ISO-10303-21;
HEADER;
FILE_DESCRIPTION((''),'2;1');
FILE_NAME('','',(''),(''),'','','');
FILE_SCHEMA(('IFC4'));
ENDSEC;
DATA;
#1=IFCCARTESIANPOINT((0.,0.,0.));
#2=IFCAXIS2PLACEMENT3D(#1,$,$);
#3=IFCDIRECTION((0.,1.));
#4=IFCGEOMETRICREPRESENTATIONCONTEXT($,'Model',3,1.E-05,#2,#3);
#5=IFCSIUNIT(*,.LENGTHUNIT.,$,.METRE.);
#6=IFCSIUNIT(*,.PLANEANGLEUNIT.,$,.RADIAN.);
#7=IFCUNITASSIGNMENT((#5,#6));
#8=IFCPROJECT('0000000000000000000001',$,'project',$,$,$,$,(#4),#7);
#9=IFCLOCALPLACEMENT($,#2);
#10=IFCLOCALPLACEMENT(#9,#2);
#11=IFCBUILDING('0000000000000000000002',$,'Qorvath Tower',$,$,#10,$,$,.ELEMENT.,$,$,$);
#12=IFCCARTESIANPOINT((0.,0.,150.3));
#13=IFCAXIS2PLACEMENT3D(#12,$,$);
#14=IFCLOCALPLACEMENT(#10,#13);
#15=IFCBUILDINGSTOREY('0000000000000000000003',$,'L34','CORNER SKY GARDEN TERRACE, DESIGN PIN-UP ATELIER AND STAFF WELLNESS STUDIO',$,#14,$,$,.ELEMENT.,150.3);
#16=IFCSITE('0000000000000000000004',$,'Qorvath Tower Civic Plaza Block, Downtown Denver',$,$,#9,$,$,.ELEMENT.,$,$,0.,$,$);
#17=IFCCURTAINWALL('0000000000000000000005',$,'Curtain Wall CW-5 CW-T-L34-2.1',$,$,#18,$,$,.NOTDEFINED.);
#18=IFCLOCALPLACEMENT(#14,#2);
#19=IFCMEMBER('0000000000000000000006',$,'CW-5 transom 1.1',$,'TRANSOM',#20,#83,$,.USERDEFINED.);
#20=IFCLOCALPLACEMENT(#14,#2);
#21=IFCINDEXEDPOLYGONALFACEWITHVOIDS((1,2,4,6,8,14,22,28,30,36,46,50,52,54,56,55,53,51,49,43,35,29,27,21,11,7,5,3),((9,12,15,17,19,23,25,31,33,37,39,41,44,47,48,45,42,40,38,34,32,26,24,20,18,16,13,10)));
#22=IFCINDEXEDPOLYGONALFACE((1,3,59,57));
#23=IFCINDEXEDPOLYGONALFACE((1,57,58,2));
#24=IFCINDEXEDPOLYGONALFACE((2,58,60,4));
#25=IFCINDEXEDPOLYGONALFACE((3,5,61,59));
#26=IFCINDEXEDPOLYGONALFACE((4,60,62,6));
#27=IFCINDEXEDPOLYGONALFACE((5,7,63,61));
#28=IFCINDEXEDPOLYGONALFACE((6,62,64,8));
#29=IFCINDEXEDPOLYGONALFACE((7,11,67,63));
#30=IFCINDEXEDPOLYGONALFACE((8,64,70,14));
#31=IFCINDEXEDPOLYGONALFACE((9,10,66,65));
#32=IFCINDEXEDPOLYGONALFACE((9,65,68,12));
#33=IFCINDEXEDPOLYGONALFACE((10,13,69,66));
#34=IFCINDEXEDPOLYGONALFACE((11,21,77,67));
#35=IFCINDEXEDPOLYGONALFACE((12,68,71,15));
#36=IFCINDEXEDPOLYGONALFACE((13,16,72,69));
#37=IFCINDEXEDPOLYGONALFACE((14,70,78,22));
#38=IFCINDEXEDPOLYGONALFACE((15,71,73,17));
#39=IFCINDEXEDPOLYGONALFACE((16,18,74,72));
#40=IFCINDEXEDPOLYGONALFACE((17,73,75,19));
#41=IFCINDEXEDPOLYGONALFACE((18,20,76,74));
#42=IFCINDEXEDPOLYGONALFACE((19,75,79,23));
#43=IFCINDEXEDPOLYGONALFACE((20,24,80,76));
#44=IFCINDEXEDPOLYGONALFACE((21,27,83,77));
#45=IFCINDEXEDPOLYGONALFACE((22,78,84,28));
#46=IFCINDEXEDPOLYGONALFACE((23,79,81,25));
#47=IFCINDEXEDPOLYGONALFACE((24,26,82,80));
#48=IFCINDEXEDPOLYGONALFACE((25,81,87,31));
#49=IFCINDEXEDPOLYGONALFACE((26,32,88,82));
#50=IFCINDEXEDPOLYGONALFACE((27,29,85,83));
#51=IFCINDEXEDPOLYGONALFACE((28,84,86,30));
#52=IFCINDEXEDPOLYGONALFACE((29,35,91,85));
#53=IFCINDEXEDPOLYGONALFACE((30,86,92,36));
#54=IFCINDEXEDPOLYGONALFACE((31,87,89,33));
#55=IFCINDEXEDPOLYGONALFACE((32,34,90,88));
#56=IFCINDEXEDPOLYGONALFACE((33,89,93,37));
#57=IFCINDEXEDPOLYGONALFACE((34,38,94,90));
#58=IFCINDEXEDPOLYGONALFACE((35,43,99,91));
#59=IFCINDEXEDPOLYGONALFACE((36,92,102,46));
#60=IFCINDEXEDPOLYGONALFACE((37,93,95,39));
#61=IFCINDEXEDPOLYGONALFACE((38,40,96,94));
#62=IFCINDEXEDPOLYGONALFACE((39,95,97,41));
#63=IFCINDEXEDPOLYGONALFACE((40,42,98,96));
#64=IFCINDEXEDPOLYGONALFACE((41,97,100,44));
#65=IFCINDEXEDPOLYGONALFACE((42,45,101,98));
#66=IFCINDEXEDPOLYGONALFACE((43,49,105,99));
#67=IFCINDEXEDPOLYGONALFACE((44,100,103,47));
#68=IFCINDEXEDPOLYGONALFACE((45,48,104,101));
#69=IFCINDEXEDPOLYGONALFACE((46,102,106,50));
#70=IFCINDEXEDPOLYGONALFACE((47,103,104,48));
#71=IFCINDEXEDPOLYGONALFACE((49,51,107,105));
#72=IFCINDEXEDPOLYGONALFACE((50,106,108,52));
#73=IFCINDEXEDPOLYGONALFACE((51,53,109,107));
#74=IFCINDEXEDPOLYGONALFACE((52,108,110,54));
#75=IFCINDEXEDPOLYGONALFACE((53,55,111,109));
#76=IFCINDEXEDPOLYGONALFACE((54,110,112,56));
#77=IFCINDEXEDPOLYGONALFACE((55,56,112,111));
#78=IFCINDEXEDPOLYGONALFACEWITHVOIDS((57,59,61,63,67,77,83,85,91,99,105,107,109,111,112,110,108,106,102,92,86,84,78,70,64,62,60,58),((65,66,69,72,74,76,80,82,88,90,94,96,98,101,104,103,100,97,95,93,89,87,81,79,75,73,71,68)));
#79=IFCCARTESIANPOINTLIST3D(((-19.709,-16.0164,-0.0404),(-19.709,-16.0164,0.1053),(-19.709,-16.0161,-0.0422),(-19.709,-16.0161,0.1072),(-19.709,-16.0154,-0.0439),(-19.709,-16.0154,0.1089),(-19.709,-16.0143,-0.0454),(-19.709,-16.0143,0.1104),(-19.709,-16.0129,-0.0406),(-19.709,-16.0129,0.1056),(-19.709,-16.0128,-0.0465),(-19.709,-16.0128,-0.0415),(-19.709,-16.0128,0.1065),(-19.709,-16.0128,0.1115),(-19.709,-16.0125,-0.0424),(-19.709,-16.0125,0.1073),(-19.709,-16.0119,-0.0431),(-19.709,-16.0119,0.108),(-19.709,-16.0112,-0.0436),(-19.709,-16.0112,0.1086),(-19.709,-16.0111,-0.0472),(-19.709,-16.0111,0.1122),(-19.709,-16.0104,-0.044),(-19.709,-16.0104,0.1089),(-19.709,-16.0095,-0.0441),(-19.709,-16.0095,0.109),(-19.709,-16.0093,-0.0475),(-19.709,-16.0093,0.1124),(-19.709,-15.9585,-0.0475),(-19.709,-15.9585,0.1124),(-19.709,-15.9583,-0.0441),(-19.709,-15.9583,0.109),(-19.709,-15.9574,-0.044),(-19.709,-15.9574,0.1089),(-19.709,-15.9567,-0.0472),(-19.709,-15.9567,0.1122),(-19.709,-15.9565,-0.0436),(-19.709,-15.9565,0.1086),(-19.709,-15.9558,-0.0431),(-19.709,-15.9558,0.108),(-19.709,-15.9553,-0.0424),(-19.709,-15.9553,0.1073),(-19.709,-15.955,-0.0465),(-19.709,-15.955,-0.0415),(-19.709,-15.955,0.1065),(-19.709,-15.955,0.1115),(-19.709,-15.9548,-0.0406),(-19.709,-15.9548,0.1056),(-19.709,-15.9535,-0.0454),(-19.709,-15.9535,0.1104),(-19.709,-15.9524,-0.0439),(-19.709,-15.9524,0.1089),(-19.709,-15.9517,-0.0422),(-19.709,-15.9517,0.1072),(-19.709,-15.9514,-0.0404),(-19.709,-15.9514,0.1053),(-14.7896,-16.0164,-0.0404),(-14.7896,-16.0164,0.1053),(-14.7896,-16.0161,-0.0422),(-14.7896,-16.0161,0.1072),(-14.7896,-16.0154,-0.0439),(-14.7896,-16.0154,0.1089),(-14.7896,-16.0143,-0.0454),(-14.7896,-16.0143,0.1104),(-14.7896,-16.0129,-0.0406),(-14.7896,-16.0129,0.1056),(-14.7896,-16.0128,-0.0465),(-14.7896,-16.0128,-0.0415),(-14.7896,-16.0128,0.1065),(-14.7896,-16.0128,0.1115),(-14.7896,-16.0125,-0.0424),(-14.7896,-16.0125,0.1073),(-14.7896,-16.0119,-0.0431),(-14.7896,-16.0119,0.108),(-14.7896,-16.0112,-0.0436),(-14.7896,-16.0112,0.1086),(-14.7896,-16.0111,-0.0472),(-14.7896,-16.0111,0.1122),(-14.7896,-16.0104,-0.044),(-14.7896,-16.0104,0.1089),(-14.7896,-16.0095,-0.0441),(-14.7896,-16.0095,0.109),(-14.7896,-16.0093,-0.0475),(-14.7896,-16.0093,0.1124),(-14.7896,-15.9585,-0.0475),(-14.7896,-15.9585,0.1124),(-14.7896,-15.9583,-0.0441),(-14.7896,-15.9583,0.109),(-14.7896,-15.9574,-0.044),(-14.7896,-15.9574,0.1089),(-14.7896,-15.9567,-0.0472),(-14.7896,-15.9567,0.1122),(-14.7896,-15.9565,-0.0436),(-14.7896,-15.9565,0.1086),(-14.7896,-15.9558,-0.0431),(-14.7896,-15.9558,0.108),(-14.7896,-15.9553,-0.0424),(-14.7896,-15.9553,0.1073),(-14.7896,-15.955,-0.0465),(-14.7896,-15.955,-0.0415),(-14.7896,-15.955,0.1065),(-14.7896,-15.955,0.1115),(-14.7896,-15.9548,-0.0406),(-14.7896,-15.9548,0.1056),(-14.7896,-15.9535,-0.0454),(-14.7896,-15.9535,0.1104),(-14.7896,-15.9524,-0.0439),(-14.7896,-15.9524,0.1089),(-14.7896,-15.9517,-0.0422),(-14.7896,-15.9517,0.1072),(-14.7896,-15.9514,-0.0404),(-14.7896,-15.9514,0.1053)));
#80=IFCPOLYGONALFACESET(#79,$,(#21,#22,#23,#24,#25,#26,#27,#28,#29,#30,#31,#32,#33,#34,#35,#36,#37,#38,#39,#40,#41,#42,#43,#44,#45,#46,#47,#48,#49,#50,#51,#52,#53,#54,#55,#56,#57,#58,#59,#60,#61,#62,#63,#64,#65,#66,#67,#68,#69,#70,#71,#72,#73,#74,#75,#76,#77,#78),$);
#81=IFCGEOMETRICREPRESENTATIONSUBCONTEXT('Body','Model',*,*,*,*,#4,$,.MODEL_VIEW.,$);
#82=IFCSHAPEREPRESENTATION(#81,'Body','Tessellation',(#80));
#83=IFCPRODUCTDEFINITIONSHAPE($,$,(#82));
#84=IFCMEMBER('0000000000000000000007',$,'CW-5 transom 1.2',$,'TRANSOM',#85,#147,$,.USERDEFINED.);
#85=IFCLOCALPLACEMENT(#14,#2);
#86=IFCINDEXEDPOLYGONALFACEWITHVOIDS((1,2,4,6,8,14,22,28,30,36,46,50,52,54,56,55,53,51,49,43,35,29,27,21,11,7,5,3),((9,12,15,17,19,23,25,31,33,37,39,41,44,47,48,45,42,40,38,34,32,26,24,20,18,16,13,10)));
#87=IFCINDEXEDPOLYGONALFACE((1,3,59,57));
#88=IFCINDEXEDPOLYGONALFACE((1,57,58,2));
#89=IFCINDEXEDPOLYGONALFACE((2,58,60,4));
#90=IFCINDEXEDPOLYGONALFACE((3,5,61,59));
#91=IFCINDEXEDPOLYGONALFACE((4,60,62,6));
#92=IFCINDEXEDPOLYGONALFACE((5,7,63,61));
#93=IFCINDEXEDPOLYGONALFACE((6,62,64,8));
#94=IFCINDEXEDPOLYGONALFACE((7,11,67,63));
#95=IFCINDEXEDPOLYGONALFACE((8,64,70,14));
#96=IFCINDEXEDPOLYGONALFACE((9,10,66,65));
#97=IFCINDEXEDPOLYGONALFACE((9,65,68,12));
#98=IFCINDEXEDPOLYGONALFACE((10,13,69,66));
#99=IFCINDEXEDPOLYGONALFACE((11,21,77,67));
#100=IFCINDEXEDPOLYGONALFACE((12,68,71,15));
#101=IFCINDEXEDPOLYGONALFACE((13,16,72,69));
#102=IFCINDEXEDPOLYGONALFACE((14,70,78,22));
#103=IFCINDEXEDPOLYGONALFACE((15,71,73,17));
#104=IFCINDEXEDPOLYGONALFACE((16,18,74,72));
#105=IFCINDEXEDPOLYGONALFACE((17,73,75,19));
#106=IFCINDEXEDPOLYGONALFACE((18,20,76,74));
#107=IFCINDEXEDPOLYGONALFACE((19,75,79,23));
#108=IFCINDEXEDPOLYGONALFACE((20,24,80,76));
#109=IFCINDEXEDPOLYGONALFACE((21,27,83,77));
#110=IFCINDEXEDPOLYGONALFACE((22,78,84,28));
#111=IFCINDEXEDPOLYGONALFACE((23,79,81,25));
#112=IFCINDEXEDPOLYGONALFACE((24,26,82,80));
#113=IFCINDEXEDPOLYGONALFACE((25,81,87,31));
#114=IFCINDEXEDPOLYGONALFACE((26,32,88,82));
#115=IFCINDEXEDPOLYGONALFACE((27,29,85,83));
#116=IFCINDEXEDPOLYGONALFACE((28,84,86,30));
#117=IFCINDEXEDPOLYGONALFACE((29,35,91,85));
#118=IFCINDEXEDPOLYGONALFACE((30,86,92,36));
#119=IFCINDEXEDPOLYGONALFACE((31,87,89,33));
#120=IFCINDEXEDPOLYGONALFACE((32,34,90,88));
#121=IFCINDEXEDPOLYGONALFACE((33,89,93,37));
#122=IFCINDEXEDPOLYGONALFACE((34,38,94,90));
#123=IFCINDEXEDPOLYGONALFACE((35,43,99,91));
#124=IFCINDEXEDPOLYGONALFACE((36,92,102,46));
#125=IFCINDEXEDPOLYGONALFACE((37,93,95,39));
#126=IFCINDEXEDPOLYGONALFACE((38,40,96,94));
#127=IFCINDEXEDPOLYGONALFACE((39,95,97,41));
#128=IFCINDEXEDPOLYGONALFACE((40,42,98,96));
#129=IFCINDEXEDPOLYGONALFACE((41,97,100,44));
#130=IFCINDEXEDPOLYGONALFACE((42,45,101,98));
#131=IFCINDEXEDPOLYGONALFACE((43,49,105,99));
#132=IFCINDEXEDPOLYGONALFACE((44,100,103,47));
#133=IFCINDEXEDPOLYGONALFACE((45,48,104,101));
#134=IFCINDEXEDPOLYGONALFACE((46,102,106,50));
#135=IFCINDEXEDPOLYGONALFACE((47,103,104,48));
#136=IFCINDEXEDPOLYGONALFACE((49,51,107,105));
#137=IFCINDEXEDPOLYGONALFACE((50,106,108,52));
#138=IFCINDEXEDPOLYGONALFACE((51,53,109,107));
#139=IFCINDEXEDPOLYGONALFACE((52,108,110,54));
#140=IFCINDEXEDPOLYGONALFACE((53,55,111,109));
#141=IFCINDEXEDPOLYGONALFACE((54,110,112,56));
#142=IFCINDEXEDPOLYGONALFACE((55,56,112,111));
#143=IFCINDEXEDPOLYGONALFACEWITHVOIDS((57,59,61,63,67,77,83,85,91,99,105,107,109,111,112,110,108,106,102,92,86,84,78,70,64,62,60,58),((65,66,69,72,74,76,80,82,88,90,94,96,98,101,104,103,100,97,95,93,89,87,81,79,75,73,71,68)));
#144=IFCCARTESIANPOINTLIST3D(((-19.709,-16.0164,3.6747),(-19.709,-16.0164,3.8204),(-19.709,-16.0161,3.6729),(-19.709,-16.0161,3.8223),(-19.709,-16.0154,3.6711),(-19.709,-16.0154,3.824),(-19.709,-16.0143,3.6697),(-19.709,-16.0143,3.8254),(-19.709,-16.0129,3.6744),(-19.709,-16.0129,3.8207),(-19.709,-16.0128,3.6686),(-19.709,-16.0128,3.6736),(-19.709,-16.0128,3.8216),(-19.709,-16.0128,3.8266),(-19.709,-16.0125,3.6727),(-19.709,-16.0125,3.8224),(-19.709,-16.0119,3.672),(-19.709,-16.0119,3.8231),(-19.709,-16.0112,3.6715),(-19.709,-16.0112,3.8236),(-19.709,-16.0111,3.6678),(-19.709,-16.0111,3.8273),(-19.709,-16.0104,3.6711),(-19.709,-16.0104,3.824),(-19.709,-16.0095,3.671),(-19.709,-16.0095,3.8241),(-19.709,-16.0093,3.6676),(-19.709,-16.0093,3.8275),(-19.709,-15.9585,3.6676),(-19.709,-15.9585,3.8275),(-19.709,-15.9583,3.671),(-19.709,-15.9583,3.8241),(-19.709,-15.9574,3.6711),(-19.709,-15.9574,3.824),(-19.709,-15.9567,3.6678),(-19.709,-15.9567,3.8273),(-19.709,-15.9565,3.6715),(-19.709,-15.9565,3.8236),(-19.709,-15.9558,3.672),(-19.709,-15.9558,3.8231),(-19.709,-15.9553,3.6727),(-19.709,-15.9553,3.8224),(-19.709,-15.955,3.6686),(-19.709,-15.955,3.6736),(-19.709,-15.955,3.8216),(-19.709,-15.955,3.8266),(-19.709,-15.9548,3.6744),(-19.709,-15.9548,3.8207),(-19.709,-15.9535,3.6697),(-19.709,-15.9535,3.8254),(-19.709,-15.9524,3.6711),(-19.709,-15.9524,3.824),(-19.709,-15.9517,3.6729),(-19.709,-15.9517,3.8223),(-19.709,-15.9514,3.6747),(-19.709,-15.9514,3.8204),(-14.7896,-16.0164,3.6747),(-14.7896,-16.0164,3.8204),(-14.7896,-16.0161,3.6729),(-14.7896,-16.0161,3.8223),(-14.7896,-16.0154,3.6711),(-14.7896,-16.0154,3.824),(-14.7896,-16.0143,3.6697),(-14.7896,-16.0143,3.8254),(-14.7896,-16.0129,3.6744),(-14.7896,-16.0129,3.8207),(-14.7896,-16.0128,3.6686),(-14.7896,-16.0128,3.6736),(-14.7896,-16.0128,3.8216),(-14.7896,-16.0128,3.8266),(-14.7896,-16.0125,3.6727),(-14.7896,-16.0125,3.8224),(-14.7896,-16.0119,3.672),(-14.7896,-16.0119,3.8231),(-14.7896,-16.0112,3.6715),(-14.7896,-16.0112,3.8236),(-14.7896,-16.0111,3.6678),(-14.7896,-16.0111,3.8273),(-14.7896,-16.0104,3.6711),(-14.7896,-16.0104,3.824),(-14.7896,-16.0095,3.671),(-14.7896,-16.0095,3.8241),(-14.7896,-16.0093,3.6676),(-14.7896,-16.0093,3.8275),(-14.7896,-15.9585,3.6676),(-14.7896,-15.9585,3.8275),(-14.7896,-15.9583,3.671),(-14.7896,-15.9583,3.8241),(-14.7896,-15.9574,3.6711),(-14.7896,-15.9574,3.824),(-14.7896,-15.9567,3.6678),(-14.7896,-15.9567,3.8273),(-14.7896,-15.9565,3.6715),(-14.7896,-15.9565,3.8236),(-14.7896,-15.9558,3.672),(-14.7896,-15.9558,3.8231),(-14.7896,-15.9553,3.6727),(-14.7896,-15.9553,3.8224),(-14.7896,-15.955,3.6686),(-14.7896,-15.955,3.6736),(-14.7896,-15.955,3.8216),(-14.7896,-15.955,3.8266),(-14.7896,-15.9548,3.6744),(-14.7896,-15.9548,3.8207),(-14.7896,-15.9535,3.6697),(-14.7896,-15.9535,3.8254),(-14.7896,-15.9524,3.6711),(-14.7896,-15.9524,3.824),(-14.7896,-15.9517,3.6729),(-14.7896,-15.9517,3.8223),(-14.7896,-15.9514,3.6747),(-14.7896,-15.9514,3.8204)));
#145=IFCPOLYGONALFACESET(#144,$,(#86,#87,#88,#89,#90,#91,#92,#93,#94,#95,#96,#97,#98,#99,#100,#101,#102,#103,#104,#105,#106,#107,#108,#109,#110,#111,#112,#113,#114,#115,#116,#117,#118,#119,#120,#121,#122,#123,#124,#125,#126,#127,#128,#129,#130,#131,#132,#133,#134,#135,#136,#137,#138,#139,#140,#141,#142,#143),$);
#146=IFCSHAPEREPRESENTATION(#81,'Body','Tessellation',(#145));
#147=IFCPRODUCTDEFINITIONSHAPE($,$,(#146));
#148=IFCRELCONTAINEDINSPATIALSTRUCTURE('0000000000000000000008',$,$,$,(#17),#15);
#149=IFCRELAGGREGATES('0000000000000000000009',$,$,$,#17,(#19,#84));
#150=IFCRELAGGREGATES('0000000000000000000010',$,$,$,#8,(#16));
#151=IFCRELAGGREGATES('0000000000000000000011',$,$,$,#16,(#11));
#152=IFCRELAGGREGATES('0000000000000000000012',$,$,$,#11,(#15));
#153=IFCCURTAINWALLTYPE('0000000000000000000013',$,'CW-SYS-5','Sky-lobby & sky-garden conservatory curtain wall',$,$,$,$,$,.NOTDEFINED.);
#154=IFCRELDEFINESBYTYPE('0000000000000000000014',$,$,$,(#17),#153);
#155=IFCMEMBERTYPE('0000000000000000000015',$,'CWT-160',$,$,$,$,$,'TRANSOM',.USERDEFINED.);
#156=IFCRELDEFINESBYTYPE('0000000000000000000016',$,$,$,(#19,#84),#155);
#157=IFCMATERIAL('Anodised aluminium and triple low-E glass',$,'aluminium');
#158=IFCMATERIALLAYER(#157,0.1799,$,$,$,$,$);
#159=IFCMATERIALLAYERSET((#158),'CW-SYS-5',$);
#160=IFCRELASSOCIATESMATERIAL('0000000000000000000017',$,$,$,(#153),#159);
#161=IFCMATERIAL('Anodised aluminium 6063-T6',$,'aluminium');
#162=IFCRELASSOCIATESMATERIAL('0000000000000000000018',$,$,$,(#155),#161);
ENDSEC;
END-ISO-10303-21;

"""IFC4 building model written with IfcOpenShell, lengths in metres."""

from ifc_helpers import new_model, si_unit, direction, frame, origin, origin_2d, place, context, subcontext, project, spatial, hollow_rectangle, extrude, material, layer, layer_set, material_profile, profile_set, type_object, element, aggregate, save


model = new_model("IFC4")

# Units and contexts
model_context = context("Model", 3, precision=1e-05, world=origin(), true_north=direction((0.0, 1.0)))
body_context = subcontext(model_context, "Body", "Model", "MODEL_VIEW")
ifc_project = project(units=[si_unit("LENGTHUNIT", "METRE"), si_unit("PLANEANGLEUNIT", "RADIAN")], contexts=[model_context])

# Site, building, storey
site_placement = place(None, origin())
site = spatial("IfcSite", under=ifc_project, at=site_placement, Name="Qorvath Tower Civic Plaza Block, Downtown Denver", CompositionType="ELEMENT", RefElevation=0.0)
building_placement = place(site_placement, origin())
building = spatial("IfcBuilding", under=site, at=building_placement, Name="Qorvath Tower", CompositionType="ELEMENT")
storey_placement = place(building_placement, frame((0.0, 0.0, 150.3)))
storey = spatial("IfcBuildingStorey", under=building, at=storey_placement, Name="L34", Description="CORNER SKY GARDEN TERRACE, DESIGN PIN-UP ATELIER AND STAFF WELLNESS STUDIO", CompositionType="ELEMENT", Elevation=150.3)

# Curtain wall
ifc_material_1 = material(Name="Anodised aluminium and triple low-E glass", Category="aluminium")
ifc_layer_1 = layer(ifc_material_1, 0.1799)
ifc_layer_set_1 = layer_set([ifc_layer_1], Name="CW-SYS-5")
curtain_wall_type = type_object("IfcCurtainWallType", Name="CW-SYS-5", Description="Sky-lobby & sky-garden conservatory curtain wall", PredefinedType="NOTDEFINED", material=ifc_layer_set_1)
curtain_wall_1_placement = place(storey_placement, origin())
curtain_wall_1 = element("IfcCurtainWall", 1, at=curtain_wall_1_placement, inside=storey, type_object=curtain_wall_type, Name="Curtain Wall CW-5 CW-T-L34-2.1", PredefinedType="NOTDEFINED")

# Members
ifc_material_2 = material(Name="Anodised aluminium 6063-T6", Category="aluminium")
ifc_material_profile_1 = material_profile(ifc_material_2, hollow_rectangle(XDim=0.0649, YDim=0.1599, WallThickness=0.0034, InnerFilletRadius=0.0034, OuterFilletRadius=0.0071, at=origin_2d()), Name="CWT 160x65")
ifc_profile_set_1 = profile_set([ifc_material_profile_1], Name="Anodised aluminium 6063-T6")
member_type_1 = type_object("IfcMemberType", Name="CWT-160", ElementType="TRANSOM", PredefinedType="USERDEFINED", material=ifc_profile_set_1)
member_1_placement = place(storey_placement, frame((-19.709, -15.9839, 0.0325), z_axis=(1.0, 0.0, 0.0), x_axis=(0.0, 1.0, 0.0)))
member_1 = element("IfcMember", 2, at=member_1_placement, type_object=member_type_1, Name="CW-5 transom 1.1", ObjectType="TRANSOM", PredefinedType="USERDEFINED", context=body_context, shape_type="SweptSolid", body=[
    extrude(hollow_rectangle(XDim=0.0649, YDim=0.1599, WallThickness=0.0034, InnerFilletRadius=0.0034, OuterFilletRadius=0.0071, at=origin_2d()), origin(), (0.0, 0.0, 1.0), 4.9194),
])
member_2_placement = place(storey_placement, frame((-19.709, -15.9839, 3.7476), z_axis=(1.0, 0.0, 0.0), x_axis=(0.0, 1.0, 0.0)))
member_2 = element("IfcMember", 3, at=member_2_placement, type_object=member_type_1, Name="CW-5 transom 1.2", ObjectType="TRANSOM", PredefinedType="USERDEFINED", context=body_context, shape_type="SweptSolid", body=[
    extrude(hollow_rectangle(XDim=0.0649, YDim=0.1599, WallThickness=0.0034, InnerFilletRadius=0.0034, OuterFilletRadius=0.0071, at=origin_2d()), origin(), (0.0, 0.0, 1.0), 4.9194),
])

aggregate(curtain_wall_1, [member_1, member_2])

save(model, "model.ifc")
